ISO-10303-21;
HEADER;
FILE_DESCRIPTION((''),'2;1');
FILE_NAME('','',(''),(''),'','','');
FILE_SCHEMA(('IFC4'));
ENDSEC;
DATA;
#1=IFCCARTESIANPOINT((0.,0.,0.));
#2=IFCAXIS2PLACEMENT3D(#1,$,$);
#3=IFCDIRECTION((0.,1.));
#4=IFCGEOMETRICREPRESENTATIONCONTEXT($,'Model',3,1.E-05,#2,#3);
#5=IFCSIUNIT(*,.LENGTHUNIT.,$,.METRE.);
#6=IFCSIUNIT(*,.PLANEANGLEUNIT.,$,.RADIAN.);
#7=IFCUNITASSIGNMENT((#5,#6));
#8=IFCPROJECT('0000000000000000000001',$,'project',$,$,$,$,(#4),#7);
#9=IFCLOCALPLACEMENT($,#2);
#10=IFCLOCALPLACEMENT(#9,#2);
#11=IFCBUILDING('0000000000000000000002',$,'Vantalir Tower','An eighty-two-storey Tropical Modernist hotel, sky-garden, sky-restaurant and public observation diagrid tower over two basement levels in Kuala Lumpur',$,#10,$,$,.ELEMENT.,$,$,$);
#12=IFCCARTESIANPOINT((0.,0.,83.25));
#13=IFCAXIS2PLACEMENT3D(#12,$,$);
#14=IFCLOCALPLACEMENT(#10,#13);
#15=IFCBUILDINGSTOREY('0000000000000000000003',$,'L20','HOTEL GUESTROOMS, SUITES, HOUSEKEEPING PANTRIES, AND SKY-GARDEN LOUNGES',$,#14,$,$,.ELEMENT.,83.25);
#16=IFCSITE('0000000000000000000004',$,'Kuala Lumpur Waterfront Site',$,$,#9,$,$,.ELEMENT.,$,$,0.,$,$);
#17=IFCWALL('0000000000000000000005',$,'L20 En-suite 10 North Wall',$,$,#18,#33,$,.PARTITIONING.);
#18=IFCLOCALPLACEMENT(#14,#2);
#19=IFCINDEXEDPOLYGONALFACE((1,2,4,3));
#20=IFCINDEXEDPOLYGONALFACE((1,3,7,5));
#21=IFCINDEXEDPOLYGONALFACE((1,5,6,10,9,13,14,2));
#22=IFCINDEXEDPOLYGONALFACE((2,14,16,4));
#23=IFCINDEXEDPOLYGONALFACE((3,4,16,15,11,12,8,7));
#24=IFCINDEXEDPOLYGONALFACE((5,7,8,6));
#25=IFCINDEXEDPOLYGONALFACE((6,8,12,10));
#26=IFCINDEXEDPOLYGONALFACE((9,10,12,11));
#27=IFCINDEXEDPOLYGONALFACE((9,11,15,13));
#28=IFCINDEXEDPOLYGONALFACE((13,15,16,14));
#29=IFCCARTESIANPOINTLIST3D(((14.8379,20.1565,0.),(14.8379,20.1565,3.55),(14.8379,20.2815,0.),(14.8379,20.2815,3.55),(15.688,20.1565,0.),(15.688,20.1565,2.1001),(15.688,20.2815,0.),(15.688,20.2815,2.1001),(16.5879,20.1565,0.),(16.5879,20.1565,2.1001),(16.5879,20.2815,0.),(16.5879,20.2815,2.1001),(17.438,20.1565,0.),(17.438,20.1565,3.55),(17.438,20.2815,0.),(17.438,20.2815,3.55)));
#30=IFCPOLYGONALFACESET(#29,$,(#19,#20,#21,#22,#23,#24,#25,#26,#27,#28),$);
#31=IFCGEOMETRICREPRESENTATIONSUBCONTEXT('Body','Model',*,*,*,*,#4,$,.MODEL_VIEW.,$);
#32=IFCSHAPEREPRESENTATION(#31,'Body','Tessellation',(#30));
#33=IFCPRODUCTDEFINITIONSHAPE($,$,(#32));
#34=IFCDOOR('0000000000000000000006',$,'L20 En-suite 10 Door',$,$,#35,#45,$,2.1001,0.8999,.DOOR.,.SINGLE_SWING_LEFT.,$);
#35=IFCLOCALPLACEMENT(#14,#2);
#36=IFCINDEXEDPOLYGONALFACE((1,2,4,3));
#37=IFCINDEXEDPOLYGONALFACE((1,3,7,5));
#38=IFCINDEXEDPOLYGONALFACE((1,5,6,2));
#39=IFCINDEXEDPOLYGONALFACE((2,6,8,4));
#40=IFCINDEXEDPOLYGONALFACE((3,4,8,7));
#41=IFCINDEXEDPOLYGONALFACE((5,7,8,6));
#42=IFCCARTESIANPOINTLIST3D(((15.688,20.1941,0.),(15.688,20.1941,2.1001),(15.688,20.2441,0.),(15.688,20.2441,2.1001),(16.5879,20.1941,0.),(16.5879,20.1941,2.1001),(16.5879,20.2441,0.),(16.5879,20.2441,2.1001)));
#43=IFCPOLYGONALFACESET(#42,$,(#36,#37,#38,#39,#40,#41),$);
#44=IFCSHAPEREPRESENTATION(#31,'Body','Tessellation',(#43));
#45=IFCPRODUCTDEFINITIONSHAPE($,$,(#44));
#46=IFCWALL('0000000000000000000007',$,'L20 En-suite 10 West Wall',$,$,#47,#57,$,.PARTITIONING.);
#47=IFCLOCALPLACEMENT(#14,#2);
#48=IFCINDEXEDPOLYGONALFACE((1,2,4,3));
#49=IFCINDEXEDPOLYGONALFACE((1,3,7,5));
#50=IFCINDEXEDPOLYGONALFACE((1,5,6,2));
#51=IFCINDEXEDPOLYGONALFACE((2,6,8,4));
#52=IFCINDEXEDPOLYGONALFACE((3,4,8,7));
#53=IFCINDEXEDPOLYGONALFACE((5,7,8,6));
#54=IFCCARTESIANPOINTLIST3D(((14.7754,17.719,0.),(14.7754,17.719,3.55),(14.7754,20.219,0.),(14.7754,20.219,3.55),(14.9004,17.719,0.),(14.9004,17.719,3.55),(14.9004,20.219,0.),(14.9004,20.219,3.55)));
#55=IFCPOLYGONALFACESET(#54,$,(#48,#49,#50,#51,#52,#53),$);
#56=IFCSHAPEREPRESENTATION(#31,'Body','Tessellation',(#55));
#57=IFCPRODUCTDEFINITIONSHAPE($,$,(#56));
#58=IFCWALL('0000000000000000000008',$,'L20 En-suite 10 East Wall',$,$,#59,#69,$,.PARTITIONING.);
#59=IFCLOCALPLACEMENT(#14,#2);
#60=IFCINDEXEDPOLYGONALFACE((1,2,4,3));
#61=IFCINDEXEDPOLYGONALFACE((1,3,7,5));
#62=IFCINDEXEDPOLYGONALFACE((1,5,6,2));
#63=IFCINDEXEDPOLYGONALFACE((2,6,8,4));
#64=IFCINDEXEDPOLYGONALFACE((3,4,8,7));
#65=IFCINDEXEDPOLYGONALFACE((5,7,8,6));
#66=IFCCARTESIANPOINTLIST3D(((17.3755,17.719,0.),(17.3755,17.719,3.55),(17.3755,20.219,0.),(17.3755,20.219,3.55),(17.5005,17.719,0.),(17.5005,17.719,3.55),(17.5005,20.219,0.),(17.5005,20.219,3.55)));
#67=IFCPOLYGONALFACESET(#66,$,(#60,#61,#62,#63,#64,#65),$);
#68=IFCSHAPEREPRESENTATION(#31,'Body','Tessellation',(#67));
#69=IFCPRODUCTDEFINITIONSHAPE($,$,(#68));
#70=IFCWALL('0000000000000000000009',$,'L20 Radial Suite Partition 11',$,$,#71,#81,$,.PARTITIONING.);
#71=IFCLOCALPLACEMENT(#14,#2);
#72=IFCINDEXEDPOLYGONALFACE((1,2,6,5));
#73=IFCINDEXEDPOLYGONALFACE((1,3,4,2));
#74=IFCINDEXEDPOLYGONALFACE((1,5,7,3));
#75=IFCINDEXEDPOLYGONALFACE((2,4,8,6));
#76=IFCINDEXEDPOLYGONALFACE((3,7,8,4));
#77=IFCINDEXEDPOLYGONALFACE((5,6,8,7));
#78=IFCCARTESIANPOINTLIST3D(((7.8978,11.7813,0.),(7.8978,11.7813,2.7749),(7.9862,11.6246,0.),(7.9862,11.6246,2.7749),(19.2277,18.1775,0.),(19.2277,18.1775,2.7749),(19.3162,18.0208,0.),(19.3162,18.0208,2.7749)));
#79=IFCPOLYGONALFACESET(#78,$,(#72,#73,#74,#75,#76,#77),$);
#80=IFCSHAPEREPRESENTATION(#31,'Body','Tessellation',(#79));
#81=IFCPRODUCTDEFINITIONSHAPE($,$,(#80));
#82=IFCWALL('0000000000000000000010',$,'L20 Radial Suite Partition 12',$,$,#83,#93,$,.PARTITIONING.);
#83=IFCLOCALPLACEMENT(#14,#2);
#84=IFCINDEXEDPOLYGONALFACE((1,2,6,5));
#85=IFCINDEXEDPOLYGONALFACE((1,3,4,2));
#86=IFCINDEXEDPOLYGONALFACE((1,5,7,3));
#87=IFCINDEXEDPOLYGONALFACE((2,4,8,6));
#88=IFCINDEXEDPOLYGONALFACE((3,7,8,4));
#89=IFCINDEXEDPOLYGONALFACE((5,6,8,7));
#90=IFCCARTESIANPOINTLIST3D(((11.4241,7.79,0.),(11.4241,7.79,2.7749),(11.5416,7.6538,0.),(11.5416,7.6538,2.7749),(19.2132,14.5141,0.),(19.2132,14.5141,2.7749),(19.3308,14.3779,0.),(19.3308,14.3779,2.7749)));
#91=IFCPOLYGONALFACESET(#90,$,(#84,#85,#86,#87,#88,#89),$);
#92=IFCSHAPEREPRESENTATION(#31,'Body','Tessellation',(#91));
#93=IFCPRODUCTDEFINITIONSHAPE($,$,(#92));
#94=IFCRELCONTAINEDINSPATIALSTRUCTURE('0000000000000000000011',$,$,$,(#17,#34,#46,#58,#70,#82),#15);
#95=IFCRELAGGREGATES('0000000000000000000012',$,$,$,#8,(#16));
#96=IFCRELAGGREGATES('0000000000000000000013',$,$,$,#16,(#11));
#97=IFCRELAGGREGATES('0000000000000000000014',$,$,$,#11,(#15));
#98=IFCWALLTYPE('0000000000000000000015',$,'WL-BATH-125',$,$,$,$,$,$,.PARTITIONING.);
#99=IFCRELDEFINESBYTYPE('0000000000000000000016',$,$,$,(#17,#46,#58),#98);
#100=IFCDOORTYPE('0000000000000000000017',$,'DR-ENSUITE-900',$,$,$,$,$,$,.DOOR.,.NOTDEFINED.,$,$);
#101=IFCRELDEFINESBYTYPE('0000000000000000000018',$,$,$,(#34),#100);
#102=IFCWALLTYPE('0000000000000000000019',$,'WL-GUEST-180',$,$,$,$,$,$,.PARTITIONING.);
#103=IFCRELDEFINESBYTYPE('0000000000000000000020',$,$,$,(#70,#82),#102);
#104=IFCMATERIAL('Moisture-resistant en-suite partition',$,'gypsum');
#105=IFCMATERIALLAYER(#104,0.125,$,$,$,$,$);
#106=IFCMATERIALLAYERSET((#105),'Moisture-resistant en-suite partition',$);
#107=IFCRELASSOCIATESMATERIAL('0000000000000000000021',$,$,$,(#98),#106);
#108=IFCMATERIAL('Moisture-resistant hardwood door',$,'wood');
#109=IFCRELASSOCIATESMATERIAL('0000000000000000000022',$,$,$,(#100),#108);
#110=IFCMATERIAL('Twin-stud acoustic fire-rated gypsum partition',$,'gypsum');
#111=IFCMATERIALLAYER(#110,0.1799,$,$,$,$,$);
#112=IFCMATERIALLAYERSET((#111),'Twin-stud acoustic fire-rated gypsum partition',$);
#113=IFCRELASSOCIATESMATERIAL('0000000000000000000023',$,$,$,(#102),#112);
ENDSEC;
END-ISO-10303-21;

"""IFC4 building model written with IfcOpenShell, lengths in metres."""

from ifc_helpers import new_model, si_unit, direction, frame, frame_2d, origin, place, context, subcontext, project, spatial, rectangle, extrude, material, layer, layer_set, type_object, element, fill, save


model = new_model("IFC4")

# Units and contexts
model_context = context("Model", 3, precision=1e-05, world=origin(), true_north=direction((0.0, 1.0)))
body_context = subcontext(model_context, "Body", "Model", "MODEL_VIEW")
ifc_project = project(units=[si_unit("LENGTHUNIT", "METRE"), si_unit("PLANEANGLEUNIT", "RADIAN")], contexts=[model_context])

# Site, building, storey
site_placement = place(None, origin())
site = spatial("IfcSite", under=ifc_project, at=site_placement, Name="Kuala Lumpur Waterfront Site", CompositionType="ELEMENT", RefElevation=0.0)
building_placement = place(site_placement, origin())
building = spatial("IfcBuilding", under=site, at=building_placement, Name="Vantalir Tower", Description="An eighty-two-storey Tropical Modernist hotel, sky-garden, sky-restaurant and public observation diagrid tower over two basement levels in Kuala Lumpur", CompositionType="ELEMENT")
storey_placement = place(building_placement, frame((0.0, 0.0, 83.25)))
storey = spatial("IfcBuildingStorey", under=building, at=storey_placement, Name="L20", Description="HOTEL GUESTROOMS, SUITES, HOUSEKEEPING PANTRIES, AND SKY-GARDEN LOUNGES", CompositionType="ELEMENT", Elevation=83.25)

# Shared definitions
ifc_material_1 = material(Name="Moisture-resistant en-suite partition", Category="gypsum")
ifc_layer_1 = layer(ifc_material_1, 0.125)
ifc_layer_set_1 = layer_set([ifc_layer_1], Name="Moisture-resistant en-suite partition")
wall_type_1 = type_object("IfcWallType", Name="WL-BATH-125", PredefinedType="PARTITIONING", material=ifc_layer_set_1)

# Wall, opening, door
wall_1_placement = place(storey_placement, frame((14.8379, 20.219, 0.0), z_axis=(0.0, 0.0, 1.0), x_axis=(1.0, 0.0, 0.0)))
wall_1 = element("IfcWall", 1, at=wall_1_placement, inside=storey, type_object=wall_type_1, Name="L20 En-suite 10 North Wall", PredefinedType="PARTITIONING", context=body_context, shape_type="SweptSolid", body=[
    extrude(rectangle(XDim=2.6001, YDim=0.125, at=frame_2d((1.3, 0.0))), origin(), (0.0, 0.0, 1.0), 3.55),
])
opening_placement = place(wall_1_placement, frame((0.8501, 0.0, 0.0)))
opening = element("IfcOpeningElement", 2, at=opening_placement, cuts=wall_1, PredefinedType="OPENING", context=body_context, shape_type="SweptSolid", body=[
    extrude(rectangle(XDim=0.8999, YDim=2.1001, at=frame_2d((0.45, 1.05))), frame((0.0, 0.0725, 0.0), z_axis=(0.0, -1.0, 0.0), x_axis=(1.0, 0.0, 0.0)), (0.0, 0.0, 1.0), 0.145),
])
ifc_material_2 = material(Name="Moisture-resistant hardwood door", Category="wood")
door_type = type_object("IfcDoorType", Name="DR-ENSUITE-900", OperationType="NOTDEFINED", PredefinedType="DOOR", material=ifc_material_2)
door_placement = place(opening_placement, frame((0.8999, 0.0, 0.0), z_axis=(0.0, 0.0, 1.0), x_axis=(-1.0, 0.0, 0.0)))
door = element("IfcDoor", 3, at=door_placement, inside=storey, type_object=door_type, Name="L20 En-suite 10 Door", OperationType="SINGLE_SWING_LEFT", OverallHeight=2.1001, OverallWidth=0.8999, PredefinedType="DOOR", context=body_context, shape_type="SweptSolid", body=[
    extrude(rectangle(XDim=0.8999, YDim=2.1001, at=frame_2d((0.45, 1.05))), frame((0.0, 0.0249, 0.0), z_axis=(0.0, -1.0, 0.0), x_axis=(1.0, 0.0, 0.0)), (0.0, 0.0, 1.0), 0.05),
])
fill(opening, door)

# Walls
for number, where, z_axis, x_axis, name in (
    (4, (14.8379, 17.719, 0.0), (0.0, 0.0, 1.0), (0.0, 1.0, 0.0), "L20 En-suite 10 West Wall"),
    (5, (17.438, 17.719, 0.0), (0.0, 0.0, 1.0), (0.0, 1.0, 0.0), "L20 En-suite 10 East Wall"),
):
    element("IfcWall", number, at=place(storey_placement, frame(where, z_axis=z_axis, x_axis=x_axis)), inside=storey, type_object=wall_type_1, Name=name, PredefinedType="PARTITIONING", context=body_context, shape_type="SweptSolid", body=[
        extrude(rectangle(XDim=2.5, YDim=0.125, at=frame_2d((1.25, 0.0))), origin(), (0.0, 0.0, 1.0), 3.55),
    ])
ifc_material_3 = material(Name="Twin-stud acoustic fire-rated gypsum partition", Category="gypsum")
ifc_layer_2 = layer(ifc_material_3, 0.1799)
ifc_layer_set_2 = layer_set([ifc_layer_2], Name="Twin-stud acoustic fire-rated gypsum partition")
wall_type_2 = type_object("IfcWallType", Name="WL-GUEST-180", PredefinedType="PARTITIONING", material=ifc_layer_set_2)
wall_2_placement = place(storey_placement, frame((19.272, 18.0991, 0.0), z_axis=(0.0, 0.0, 1.0), x_axis=(-0.870817, -0.491608, 0.0)))
element("IfcWall", 6, at=wall_2_placement, inside=storey, type_object=wall_type_2, Name="L20 Radial Suite Partition 11", PredefinedType="PARTITIONING", context=body_context, shape_type="SweptSolid", body=[
    extrude(rectangle(XDim=13.0107, YDim=0.1799, at=frame_2d((6.5054, 0.0))), origin(), (0.0, 0.0, 1.0), 2.7749),
])
wall_3_placement = place(storey_placement, frame((19.272, 14.446, 0.0), z_axis=(0.0, 0.0, 1.0), x_axis=(-0.756957, -0.653464, 0.0)))
element("IfcWall", 7, at=wall_3_placement, inside=storey, type_object=wall_type_2, Name="L20 Radial Suite Partition 12", PredefinedType="PARTITIONING", context=body_context, shape_type="SweptSolid", body=[
    extrude(rectangle(XDim=10.29, YDim=0.1799, at=frame_2d((5.145, 0.0))), origin(), (0.0, 0.0, 1.0), 2.7749),
])

save(model, "model.ifc")
